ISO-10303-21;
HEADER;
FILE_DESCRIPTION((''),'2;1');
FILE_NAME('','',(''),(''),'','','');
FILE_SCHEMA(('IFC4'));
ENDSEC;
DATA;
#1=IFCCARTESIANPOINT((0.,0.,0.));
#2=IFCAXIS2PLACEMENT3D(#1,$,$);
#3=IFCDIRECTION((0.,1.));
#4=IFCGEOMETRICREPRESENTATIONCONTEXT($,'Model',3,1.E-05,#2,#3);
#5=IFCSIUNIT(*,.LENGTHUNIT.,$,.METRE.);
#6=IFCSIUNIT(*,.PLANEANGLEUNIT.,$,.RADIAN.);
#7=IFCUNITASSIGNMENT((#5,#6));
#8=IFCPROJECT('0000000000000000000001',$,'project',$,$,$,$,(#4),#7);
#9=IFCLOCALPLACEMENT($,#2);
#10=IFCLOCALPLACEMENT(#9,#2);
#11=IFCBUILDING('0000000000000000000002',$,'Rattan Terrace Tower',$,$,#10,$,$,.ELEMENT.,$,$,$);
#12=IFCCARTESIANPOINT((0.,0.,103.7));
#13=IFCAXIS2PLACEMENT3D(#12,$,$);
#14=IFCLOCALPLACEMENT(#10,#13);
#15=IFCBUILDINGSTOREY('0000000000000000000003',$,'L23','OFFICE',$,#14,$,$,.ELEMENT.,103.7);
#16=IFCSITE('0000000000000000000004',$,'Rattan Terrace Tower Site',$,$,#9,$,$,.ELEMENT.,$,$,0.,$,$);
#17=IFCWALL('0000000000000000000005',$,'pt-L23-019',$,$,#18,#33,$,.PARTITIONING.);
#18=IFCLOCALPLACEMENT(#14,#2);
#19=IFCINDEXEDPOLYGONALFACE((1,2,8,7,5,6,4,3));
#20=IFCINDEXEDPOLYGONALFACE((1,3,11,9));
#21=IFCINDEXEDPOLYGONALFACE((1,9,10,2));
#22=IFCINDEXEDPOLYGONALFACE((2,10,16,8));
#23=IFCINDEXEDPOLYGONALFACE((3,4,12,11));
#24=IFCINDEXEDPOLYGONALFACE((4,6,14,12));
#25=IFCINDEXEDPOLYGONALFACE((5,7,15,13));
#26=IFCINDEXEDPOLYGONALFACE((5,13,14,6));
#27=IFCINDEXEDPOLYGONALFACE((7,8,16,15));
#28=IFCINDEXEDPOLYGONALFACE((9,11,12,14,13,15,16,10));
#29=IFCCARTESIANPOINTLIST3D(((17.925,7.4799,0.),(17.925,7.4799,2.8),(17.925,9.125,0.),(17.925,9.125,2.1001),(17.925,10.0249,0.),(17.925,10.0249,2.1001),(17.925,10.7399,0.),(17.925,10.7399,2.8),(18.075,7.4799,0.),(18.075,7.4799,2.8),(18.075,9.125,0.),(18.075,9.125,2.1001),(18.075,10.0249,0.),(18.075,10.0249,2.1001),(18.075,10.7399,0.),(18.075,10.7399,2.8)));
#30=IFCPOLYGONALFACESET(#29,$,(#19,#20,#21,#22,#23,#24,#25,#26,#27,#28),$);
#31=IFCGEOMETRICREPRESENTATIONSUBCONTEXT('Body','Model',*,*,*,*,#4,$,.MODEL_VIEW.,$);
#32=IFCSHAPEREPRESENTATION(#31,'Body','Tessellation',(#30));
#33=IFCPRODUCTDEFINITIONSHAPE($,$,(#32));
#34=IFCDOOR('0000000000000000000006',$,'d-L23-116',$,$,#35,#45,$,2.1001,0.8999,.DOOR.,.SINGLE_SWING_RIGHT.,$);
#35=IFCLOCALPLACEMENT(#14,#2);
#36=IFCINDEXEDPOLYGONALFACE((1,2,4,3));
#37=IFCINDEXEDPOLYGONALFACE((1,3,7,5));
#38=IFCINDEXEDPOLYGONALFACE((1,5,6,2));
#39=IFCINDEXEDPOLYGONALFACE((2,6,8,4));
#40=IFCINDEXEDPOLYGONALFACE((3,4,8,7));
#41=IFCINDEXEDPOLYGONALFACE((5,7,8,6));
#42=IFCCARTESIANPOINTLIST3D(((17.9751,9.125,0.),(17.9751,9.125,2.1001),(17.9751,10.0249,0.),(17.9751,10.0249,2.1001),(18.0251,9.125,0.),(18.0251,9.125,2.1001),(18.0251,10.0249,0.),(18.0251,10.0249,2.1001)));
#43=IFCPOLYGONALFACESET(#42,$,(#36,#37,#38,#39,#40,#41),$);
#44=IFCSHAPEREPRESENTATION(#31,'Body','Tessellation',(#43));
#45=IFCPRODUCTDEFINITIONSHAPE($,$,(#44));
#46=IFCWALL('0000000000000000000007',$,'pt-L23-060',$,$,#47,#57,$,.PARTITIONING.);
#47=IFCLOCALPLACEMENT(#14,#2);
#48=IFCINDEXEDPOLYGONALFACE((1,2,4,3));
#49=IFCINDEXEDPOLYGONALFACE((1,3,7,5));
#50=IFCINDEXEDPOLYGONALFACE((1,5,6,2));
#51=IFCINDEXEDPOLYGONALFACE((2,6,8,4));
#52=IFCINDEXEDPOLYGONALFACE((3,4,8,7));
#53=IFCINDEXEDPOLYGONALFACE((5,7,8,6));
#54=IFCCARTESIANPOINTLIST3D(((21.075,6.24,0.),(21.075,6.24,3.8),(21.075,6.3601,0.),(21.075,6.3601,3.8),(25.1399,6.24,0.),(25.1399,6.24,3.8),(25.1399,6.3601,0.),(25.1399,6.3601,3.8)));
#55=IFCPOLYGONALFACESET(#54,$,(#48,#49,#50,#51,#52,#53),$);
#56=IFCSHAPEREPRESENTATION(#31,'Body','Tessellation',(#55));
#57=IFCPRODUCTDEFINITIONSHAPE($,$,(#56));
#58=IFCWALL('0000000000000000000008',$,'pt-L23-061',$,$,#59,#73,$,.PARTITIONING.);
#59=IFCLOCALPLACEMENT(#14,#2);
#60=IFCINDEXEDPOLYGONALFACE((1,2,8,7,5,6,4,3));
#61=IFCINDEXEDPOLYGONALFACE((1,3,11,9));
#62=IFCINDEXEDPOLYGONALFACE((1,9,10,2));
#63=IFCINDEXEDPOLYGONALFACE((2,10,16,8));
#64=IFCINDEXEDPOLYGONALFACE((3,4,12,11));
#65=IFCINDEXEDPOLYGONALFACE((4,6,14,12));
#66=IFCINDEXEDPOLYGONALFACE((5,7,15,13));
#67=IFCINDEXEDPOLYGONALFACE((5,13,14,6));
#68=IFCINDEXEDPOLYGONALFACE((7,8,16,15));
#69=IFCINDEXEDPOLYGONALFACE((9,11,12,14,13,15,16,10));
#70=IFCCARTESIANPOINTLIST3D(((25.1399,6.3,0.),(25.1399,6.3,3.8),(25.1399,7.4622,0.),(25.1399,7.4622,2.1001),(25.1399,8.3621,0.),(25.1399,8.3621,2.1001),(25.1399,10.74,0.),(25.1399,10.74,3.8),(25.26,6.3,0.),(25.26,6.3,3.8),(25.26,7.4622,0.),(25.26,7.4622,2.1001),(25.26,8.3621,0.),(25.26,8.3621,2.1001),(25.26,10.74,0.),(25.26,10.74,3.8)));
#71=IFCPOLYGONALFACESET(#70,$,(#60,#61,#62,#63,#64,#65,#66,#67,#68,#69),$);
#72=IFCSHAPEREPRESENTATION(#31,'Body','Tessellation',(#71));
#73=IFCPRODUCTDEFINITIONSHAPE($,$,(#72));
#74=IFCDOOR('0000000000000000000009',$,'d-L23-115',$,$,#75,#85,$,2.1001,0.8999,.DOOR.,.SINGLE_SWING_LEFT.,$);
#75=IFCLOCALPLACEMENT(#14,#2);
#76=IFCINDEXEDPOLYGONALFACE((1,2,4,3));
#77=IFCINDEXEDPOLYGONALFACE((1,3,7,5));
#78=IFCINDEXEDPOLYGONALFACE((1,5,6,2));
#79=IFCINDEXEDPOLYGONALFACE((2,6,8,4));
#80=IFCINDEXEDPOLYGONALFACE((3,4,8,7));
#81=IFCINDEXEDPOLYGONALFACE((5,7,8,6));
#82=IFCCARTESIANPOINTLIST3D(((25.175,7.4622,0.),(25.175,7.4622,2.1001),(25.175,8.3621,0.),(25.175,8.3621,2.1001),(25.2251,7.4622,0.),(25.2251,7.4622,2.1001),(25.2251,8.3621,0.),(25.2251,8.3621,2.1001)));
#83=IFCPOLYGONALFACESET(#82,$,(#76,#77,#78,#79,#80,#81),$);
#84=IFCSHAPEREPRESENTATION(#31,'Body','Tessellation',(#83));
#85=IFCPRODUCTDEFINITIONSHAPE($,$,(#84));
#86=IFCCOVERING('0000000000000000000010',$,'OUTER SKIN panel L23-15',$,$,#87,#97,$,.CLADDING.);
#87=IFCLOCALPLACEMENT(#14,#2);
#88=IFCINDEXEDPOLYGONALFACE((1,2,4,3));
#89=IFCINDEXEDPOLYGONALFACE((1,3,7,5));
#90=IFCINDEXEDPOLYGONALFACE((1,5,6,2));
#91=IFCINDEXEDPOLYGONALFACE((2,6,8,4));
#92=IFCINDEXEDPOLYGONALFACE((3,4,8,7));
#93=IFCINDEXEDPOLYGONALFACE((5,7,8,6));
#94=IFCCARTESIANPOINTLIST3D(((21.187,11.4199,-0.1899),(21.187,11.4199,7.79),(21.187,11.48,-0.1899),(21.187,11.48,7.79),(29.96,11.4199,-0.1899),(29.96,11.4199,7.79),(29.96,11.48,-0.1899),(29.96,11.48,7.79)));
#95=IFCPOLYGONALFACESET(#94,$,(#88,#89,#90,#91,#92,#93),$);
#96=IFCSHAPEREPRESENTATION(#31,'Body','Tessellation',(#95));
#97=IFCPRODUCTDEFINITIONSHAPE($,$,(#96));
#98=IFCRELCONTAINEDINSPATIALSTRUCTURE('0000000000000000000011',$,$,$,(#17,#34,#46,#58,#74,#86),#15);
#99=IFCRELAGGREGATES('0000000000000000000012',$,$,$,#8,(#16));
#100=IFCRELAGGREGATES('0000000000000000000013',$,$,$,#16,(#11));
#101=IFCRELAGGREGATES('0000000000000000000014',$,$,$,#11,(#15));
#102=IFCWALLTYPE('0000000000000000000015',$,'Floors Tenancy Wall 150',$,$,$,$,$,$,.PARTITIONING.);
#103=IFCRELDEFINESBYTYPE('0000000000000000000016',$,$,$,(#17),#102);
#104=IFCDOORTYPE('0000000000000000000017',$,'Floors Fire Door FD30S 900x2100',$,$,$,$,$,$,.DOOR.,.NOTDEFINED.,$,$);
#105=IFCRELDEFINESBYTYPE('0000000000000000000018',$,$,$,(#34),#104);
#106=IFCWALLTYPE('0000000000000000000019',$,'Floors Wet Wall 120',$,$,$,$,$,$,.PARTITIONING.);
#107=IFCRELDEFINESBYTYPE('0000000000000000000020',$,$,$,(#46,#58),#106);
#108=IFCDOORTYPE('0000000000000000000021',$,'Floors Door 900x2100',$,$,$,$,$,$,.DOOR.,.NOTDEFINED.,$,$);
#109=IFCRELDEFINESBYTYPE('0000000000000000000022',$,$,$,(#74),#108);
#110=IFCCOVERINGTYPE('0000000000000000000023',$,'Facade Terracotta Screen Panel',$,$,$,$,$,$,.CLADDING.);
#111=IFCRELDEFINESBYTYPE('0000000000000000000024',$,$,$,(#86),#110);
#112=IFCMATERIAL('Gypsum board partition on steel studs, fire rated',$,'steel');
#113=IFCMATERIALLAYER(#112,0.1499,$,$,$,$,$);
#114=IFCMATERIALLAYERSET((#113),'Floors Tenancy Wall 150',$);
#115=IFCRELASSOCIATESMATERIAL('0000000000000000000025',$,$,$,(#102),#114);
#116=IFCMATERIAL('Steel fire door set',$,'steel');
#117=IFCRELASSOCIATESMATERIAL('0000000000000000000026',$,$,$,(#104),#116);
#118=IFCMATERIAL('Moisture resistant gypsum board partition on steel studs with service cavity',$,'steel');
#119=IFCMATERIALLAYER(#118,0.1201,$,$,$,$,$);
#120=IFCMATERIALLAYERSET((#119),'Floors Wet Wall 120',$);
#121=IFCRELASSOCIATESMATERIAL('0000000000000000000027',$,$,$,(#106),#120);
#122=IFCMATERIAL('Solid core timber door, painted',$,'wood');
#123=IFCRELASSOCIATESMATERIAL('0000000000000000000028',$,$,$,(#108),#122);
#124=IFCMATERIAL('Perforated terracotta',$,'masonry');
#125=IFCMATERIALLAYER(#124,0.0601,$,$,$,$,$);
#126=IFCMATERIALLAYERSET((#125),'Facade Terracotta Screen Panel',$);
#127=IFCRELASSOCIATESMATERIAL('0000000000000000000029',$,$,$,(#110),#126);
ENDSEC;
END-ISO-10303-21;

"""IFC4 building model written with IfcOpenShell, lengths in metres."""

from ifc_helpers import new_model, si_unit, direction, frame, frame_2d, origin, origin_2d, place, context, subcontext, project, spatial, rectangle, extrude, material, layer, layer_set, type_object, element, fill, save


model = new_model("IFC4")

# Units and contexts
model_context = context("Model", 3, precision=1e-05, world=origin(), true_north=direction((0.0, 1.0)))
body_context = subcontext(model_context, "Body", "Model", "MODEL_VIEW")
ifc_project = project(units=[si_unit("LENGTHUNIT", "METRE"), si_unit("PLANEANGLEUNIT", "RADIAN")], contexts=[model_context])

# Site, building, storey
site_placement = place(None, origin())
site = spatial("IfcSite", under=ifc_project, at=site_placement, Name="Rattan Terrace Tower Site", CompositionType="ELEMENT", RefElevation=0.0)
building_placement = place(site_placement, origin())
building = spatial("IfcBuilding", under=site, at=building_placement, Name="Rattan Terrace Tower", CompositionType="ELEMENT")
storey_placement = place(building_placement, frame((0.0, 0.0, 103.7)))
storey = spatial("IfcBuildingStorey", under=building, at=storey_placement, Name="L23", Description="OFFICE", CompositionType="ELEMENT", Elevation=103.7)

# Shared definitions
ifc_material_1 = material(Name="Gypsum board partition on steel studs, fire rated", Category="steel")
ifc_layer_1 = layer(ifc_material_1, 0.1499)
ifc_layer_set_1 = layer_set([ifc_layer_1], Name="Floors Tenancy Wall 150")
wall_type_1 = type_object("IfcWallType", Name="Floors Tenancy Wall 150", PredefinedType="PARTITIONING", material=ifc_layer_set_1)

# Wall, opening, door
wall_1_placement = place(storey_placement, frame((18.0, 7.48, 0.0), z_axis=(0.0, 0.0, 1.0), x_axis=(0.0, 1.0, 0.0)))
wall_1 = element("IfcWall", 1, at=wall_1_placement, inside=storey, type_object=wall_type_1, Name="pt-L23-019", PredefinedType="PARTITIONING", context=body_context, shape_type="SweptSolid", body=[
    extrude(rectangle(XDim=3.26, YDim=0.1499, at=frame_2d((1.6299, 0.0))), origin(), (0.0, 0.0, 1.0), 2.8),
])
opening_1_placement = place(wall_1_placement, frame((1.645, 0.0, 0.0)))
opening_1 = element("IfcOpeningElement", 2, at=opening_1_placement, cuts=wall_1, PredefinedType="OPENING", context=body_context, shape_type="SweptSolid", body=[
    extrude(rectangle(XDim=0.8999, YDim=2.1001, at=frame_2d((0.45, 1.05))), frame((0.0, 0.0854, 0.0), z_axis=(0.0, -1.0, 0.0), x_axis=(1.0, 0.0, 0.0)), (0.0, 0.0, 1.0), 0.1709),
])
ifc_material_2 = material(Name="Steel fire door set", Category="steel")
door_type_1 = type_object("IfcDoorType", Name="Floors Fire Door FD30S 900x2100", OperationType="NOTDEFINED", PredefinedType="DOOR", material=ifc_material_2)
door_1_placement = place(opening_1_placement, origin())
door_1 = element("IfcDoor", 3, at=door_1_placement, inside=storey, type_object=door_type_1, Name="d-L23-116", OperationType="SINGLE_SWING_RIGHT", OverallHeight=2.1001, OverallWidth=0.8999, PredefinedType="DOOR", context=body_context, shape_type="SweptSolid", body=[
    extrude(rectangle(XDim=0.8999, YDim=2.1001, at=frame_2d((0.45, 1.05))), frame((0.0, 0.0249, 0.0), z_axis=(0.0, -1.0, 0.0), x_axis=(1.0, 0.0, 0.0)), (0.0, 0.0, 1.0), 0.05),
])
fill(opening_1, door_1)

# Wall
ifc_material_3 = material(Name="Moisture resistant gypsum board partition on steel studs with service cavity", Category="steel")
ifc_layer_2 = layer(ifc_material_3, 0.1201)
ifc_layer_set_2 = layer_set([ifc_layer_2], Name="Floors Wet Wall 120")
wall_type_2 = type_object("IfcWallType", Name="Floors Wet Wall 120", PredefinedType="PARTITIONING", material=ifc_layer_set_2)
wall_2_placement = place(storey_placement, frame((21.075, 6.3, 0.0), z_axis=(0.0, 0.0, 1.0), x_axis=(1.0, 0.0, 0.0)))
element("IfcWall", 4, at=wall_2_placement, inside=storey, type_object=wall_type_2, Name="pt-L23-060", PredefinedType="PARTITIONING", context=body_context, shape_type="SweptSolid", body=[
    extrude(rectangle(XDim=4.0649, YDim=0.1201, at=frame_2d((2.0325, 0.0))), origin(), (0.0, 0.0, 1.0), 3.8),
])

# Wall, opening, door
wall_3_placement = place(storey_placement, frame((25.2, 6.3, 0.0), z_axis=(0.0, 0.0, 1.0), x_axis=(0.0, 1.0, 0.0)))
wall_3 = element("IfcWall", 5, at=wall_3_placement, inside=storey, type_object=wall_type_2, Name="pt-L23-061", PredefinedType="PARTITIONING", context=body_context, shape_type="SweptSolid", body=[
    extrude(rectangle(XDim=4.4399, YDim=0.1201, at=frame_2d((2.22, 0.0))), origin(), (0.0, 0.0, 1.0), 3.8),
])
opening_2_placement = place(wall_3_placement, frame((1.1621, 0.0, 0.0)))
opening_2 = element("IfcOpeningElement", 6, at=opening_2_placement, cuts=wall_3, PredefinedType="OPENING", context=body_context, shape_type="SweptSolid", body=[
    extrude(rectangle(XDim=0.8999, YDim=2.1001, at=frame_2d((0.45, 1.05))), frame((0.0, 0.0706, 0.0), z_axis=(0.0, -1.0, 0.0), x_axis=(1.0, 0.0, 0.0)), (0.0, 0.0, 1.0), 0.1411),
])
ifc_material_4 = material(Name="Solid core timber door, painted", Category="wood")
door_type_2 = type_object("IfcDoorType", Name="Floors Door 900x2100", OperationType="NOTDEFINED", PredefinedType="DOOR", material=ifc_material_4)
door_2_placement = place(opening_2_placement, origin())
door_2 = element("IfcDoor", 7, at=door_2_placement, inside=storey, type_object=door_type_2, Name="d-L23-115", OperationType="SINGLE_SWING_LEFT", OverallHeight=2.1001, OverallWidth=0.8999, PredefinedType="DOOR", context=body_context, shape_type="SweptSolid", body=[
    extrude(rectangle(XDim=0.8999, YDim=2.1001, at=frame_2d((0.45, 1.05))), frame((0.0, 0.0249, 0.0), z_axis=(0.0, -1.0, 0.0), x_axis=(1.0, 0.0, 0.0)), (0.0, 0.0, 1.0), 0.05),
])
fill(opening_2, door_2)

# Covering
ifc_material_5 = material(Name="Perforated terracotta", Category="masonry")
ifc_layer_3 = layer(ifc_material_5, 0.0601)
ifc_layer_set_3 = layer_set([ifc_layer_3], Name="Facade Terracotta Screen Panel")
covering_type = type_object("IfcCoveringType", Name="Facade Terracotta Screen Panel", PredefinedType="CLADDING", material=ifc_layer_set_3)
covering_placement = place(storey_placement, frame((25.5735, 11.45, -0.1899), z_axis=(0.0, 0.0, 1.0), x_axis=(-1.0, 0.0, 0.0)))
element("IfcCovering", 8, at=covering_placement, inside=storey, type_object=covering_type, Name="OUTER SKIN panel L23-15", PredefinedType="CLADDING", context=body_context, shape_type="SweptSolid", body=[
    extrude(rectangle(XDim=8.7729, YDim=0.0601, at=origin_2d()), origin(), (0.0, 0.0, 1.0), 7.98),
])

save(model, "model.ifc")
